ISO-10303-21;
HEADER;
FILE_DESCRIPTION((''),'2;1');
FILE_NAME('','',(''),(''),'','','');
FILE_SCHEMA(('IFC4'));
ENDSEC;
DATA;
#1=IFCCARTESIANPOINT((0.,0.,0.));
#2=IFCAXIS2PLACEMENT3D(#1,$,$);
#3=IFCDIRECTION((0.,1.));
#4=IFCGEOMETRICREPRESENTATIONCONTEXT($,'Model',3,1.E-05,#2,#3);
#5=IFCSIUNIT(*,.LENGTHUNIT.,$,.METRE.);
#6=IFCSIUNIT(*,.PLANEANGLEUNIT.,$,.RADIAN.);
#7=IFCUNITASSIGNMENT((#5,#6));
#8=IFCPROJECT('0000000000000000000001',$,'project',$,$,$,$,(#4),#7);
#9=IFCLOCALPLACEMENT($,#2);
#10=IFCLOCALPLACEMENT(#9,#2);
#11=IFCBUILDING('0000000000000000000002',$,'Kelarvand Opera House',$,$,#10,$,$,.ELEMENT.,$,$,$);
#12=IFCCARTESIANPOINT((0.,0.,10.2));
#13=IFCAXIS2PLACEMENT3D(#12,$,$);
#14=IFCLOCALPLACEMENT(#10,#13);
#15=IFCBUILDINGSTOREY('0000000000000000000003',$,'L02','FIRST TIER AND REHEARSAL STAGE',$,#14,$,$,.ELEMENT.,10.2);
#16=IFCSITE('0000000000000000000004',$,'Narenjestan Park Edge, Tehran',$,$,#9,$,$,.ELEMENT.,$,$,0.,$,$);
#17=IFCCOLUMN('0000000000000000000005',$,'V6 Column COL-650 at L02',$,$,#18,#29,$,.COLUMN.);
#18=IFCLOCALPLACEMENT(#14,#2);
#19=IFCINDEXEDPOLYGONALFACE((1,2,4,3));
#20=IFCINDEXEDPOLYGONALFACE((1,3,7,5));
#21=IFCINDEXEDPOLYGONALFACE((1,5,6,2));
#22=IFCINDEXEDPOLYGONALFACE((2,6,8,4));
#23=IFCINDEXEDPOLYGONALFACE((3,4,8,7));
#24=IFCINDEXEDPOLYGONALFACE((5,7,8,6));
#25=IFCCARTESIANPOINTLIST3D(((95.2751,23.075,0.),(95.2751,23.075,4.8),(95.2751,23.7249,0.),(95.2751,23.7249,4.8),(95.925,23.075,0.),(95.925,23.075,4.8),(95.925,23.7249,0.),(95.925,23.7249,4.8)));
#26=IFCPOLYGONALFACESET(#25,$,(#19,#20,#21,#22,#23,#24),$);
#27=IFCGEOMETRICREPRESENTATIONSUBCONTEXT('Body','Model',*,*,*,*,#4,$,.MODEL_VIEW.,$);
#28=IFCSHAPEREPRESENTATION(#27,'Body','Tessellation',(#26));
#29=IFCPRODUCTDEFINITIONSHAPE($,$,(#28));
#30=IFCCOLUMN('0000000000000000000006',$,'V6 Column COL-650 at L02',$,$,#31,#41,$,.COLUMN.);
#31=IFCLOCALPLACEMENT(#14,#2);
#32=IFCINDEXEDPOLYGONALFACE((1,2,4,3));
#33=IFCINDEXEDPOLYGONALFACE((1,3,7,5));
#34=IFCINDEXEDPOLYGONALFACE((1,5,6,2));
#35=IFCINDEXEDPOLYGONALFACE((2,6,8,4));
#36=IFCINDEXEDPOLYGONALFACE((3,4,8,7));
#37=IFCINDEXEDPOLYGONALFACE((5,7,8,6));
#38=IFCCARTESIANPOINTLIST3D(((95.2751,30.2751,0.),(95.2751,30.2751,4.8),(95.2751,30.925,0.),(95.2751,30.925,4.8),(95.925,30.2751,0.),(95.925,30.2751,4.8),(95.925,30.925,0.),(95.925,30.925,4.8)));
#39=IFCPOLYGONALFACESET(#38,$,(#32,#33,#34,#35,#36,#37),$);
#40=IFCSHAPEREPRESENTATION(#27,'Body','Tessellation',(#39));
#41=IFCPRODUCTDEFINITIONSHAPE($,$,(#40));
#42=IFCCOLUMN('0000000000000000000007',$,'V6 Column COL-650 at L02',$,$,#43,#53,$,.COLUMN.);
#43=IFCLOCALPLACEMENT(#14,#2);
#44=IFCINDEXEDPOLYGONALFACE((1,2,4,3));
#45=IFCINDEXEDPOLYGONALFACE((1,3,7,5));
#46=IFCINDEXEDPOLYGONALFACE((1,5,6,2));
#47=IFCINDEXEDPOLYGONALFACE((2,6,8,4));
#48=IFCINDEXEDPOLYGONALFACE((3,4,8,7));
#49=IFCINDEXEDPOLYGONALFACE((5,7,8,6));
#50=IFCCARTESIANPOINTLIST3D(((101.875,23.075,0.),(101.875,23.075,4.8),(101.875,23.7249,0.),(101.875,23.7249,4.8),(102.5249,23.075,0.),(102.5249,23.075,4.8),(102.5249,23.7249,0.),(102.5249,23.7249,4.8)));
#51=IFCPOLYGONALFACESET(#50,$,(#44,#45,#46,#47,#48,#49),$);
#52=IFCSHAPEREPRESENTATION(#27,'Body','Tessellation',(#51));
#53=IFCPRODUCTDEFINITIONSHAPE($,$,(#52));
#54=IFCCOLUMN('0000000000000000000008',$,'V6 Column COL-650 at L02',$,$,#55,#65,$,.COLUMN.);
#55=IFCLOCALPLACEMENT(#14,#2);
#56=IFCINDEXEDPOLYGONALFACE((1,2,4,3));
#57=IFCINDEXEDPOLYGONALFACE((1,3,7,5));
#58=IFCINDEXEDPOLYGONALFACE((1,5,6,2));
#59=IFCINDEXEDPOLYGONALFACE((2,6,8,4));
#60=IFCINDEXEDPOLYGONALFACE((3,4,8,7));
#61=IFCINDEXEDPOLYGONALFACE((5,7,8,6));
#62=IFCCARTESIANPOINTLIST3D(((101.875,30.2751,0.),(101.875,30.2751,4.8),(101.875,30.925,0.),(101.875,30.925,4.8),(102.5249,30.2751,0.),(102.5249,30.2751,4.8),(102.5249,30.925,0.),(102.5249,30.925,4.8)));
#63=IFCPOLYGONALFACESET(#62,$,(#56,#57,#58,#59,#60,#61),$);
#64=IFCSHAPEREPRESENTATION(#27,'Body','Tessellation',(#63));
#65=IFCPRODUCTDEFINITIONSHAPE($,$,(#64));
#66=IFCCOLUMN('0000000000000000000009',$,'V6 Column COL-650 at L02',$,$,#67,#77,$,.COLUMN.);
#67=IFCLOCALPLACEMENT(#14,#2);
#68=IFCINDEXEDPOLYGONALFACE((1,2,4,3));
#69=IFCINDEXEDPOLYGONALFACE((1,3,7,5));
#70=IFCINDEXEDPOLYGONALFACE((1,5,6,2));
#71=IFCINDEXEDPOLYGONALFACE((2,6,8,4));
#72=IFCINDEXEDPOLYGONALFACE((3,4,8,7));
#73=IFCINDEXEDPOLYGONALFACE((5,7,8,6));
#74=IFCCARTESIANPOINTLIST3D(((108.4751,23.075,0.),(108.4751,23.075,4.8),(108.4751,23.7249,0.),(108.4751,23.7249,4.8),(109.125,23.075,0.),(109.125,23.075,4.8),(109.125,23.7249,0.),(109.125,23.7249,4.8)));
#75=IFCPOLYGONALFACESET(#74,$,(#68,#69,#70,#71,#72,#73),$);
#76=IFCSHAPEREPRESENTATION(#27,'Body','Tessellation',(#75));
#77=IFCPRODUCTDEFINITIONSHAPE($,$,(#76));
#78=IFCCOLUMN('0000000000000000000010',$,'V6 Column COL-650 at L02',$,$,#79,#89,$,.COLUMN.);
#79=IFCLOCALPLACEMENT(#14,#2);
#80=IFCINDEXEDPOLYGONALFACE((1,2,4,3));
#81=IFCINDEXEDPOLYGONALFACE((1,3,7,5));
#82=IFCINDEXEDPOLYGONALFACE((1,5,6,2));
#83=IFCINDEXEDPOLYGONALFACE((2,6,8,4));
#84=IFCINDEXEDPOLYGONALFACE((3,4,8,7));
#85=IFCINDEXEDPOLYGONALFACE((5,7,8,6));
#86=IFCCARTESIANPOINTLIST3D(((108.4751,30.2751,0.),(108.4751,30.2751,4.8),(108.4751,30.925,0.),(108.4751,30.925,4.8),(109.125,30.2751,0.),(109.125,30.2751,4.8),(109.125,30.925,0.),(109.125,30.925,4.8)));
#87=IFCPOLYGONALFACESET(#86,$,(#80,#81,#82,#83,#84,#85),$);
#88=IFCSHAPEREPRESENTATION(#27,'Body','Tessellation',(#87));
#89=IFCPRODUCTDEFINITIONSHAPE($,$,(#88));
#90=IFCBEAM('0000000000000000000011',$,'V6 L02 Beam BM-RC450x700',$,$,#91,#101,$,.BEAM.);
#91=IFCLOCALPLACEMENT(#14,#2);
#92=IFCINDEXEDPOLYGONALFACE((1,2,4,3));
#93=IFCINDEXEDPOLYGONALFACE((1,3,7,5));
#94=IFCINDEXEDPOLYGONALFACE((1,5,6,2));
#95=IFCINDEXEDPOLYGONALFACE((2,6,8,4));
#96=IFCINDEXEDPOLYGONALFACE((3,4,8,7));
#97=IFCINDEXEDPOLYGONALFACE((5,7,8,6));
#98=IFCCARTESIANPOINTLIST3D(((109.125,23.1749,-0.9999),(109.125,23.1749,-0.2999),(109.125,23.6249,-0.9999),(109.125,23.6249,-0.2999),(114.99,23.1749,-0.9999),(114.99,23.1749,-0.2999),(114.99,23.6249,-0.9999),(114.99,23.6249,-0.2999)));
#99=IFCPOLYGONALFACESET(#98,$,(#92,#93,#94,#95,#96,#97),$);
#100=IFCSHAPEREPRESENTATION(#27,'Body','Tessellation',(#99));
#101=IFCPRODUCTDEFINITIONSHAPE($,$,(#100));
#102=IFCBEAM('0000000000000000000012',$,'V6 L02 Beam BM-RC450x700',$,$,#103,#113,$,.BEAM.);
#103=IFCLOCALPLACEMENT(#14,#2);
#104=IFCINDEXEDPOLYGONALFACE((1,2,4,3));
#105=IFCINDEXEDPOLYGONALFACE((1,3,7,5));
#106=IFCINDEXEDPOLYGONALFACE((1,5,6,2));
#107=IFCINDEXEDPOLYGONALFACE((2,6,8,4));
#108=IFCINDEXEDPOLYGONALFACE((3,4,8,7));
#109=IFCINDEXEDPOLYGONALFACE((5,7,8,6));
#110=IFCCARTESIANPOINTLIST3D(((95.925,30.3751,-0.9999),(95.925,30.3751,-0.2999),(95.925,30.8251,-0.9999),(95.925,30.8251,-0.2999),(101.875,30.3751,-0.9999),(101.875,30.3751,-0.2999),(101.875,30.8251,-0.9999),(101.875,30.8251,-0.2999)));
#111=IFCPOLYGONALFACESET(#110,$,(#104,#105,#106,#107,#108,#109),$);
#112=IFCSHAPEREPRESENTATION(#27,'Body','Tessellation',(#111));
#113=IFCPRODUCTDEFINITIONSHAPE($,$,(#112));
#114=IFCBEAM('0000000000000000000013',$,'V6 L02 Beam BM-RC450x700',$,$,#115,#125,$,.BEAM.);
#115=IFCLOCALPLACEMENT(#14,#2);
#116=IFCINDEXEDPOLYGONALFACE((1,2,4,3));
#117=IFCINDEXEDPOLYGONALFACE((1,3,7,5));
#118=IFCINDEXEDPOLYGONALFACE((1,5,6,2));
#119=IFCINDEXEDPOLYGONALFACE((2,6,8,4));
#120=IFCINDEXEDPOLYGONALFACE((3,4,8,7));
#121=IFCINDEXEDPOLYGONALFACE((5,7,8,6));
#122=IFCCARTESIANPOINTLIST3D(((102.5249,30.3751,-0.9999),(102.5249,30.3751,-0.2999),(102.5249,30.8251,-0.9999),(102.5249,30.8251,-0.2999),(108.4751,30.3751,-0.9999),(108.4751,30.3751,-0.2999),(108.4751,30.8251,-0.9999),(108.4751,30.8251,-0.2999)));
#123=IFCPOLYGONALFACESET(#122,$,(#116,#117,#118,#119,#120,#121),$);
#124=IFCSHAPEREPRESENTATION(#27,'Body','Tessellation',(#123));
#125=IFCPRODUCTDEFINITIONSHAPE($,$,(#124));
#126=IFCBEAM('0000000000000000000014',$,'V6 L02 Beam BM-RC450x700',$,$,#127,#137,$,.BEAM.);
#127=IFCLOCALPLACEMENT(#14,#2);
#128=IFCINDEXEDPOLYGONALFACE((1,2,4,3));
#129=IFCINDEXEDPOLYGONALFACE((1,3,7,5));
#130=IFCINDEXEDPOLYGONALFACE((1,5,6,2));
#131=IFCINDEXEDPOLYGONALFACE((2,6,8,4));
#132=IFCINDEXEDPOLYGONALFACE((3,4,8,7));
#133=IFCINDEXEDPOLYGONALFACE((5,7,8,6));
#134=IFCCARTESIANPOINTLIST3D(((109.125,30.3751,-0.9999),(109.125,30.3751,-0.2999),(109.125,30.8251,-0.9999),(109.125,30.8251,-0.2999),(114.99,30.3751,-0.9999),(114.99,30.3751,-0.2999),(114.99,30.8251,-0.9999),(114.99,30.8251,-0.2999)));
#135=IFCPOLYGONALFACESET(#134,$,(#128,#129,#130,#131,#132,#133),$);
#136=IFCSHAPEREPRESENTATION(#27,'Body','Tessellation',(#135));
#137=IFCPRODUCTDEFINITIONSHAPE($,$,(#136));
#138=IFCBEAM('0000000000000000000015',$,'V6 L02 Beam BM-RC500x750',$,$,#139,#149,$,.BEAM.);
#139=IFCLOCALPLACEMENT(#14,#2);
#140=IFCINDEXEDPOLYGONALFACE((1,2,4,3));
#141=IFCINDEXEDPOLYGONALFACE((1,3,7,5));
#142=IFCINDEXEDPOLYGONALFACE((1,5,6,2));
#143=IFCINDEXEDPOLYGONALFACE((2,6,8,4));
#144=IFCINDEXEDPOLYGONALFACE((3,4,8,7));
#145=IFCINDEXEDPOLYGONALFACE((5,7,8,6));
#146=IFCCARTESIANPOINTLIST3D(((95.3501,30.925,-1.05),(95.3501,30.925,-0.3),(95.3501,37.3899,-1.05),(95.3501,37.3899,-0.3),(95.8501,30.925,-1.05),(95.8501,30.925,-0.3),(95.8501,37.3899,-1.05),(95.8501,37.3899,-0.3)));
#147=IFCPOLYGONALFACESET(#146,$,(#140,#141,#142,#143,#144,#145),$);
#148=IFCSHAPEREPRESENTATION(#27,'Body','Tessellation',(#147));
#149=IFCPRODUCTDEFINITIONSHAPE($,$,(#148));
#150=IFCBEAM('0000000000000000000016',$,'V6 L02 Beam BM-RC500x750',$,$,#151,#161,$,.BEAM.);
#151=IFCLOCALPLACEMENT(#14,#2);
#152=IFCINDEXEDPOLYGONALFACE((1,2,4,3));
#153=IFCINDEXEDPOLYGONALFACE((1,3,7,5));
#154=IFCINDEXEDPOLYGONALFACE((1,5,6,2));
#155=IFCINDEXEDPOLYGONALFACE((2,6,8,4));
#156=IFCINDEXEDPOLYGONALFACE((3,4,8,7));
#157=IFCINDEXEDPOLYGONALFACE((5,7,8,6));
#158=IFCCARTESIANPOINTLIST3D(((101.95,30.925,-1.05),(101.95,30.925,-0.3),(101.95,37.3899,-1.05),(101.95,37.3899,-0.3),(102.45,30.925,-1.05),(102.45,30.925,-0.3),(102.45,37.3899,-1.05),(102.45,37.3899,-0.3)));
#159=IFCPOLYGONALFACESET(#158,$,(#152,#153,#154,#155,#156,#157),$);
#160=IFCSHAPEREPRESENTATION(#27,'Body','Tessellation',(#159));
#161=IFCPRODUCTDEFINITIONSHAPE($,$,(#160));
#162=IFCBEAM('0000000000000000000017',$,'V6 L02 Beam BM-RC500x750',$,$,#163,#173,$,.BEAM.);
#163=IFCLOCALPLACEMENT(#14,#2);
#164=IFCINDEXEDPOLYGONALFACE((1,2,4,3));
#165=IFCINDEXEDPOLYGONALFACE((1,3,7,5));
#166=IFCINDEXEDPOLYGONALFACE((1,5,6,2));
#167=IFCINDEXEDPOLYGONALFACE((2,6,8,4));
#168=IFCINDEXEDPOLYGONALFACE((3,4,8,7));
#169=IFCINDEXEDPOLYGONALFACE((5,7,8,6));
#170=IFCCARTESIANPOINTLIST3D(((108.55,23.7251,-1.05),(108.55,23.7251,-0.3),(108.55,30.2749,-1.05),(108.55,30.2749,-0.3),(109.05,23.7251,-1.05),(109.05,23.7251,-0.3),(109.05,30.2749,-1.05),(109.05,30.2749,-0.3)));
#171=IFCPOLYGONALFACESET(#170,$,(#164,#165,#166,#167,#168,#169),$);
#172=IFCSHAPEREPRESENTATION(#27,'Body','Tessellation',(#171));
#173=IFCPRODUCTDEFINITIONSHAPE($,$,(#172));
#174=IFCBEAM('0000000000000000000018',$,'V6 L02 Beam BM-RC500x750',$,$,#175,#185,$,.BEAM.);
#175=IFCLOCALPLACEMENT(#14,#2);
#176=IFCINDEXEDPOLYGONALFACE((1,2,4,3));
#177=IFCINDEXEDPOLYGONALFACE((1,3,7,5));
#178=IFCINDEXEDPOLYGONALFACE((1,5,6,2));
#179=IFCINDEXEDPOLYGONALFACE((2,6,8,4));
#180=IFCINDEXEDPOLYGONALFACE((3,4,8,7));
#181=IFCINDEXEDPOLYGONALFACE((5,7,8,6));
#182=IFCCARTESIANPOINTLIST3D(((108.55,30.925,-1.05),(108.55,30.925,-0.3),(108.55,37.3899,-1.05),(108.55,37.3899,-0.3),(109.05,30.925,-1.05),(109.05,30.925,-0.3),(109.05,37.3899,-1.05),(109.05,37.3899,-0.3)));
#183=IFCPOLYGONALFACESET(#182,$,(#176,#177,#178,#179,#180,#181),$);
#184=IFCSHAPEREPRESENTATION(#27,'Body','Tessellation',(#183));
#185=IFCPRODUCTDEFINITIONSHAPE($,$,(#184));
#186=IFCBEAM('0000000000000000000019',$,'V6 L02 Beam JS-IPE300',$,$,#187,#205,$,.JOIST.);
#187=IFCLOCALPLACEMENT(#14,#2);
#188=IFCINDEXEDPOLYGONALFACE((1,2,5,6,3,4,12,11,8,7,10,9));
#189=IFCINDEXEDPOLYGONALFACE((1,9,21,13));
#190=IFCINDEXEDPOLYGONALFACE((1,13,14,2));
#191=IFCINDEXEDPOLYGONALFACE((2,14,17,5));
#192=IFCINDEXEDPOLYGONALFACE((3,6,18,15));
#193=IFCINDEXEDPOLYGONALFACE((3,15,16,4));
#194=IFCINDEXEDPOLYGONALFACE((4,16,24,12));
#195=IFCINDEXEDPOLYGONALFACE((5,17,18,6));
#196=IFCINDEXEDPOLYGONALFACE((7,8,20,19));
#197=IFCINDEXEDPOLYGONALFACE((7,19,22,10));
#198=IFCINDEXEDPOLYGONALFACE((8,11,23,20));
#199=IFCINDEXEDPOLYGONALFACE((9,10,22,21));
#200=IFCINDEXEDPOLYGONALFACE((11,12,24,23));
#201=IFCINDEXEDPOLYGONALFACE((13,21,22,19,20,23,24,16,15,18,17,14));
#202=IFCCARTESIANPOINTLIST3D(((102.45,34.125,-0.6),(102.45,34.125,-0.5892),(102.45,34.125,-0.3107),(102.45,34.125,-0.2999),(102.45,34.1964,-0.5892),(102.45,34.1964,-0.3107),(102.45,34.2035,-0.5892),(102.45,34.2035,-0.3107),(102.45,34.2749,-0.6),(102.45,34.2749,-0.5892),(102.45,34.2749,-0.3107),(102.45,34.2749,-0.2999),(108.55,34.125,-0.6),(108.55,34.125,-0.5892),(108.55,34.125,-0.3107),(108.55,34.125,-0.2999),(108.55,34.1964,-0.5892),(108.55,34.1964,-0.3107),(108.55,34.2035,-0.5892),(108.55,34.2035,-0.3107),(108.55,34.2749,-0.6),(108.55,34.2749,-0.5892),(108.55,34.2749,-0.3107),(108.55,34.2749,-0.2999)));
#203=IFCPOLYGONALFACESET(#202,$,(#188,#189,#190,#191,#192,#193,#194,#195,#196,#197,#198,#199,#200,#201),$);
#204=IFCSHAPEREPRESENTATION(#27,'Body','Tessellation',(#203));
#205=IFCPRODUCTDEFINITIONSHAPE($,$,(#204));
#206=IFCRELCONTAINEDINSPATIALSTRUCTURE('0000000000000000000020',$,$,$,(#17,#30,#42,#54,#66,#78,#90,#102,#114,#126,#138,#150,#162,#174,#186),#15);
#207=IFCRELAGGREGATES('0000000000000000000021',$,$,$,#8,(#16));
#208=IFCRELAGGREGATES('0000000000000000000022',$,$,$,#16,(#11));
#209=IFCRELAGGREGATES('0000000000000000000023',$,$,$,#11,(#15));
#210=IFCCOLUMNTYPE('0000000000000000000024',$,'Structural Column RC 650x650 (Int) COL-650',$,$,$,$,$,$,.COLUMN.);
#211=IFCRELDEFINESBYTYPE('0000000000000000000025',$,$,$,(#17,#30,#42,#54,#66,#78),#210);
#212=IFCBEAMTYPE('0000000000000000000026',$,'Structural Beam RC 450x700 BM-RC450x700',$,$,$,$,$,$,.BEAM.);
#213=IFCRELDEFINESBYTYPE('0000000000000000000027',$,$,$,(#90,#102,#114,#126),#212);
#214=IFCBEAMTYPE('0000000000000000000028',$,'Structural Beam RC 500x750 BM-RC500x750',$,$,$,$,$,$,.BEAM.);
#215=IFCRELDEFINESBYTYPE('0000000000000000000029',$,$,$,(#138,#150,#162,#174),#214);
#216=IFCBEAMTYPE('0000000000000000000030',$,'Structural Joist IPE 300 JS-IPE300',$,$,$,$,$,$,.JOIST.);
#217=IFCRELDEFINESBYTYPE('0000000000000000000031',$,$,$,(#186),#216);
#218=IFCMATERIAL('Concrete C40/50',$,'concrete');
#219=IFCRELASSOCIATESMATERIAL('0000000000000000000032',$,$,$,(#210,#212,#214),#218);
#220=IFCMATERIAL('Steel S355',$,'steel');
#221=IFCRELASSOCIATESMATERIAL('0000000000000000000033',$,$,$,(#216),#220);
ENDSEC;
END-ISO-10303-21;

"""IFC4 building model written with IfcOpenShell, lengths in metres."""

from ifc_helpers import new_model, si_unit, direction, frame, origin, origin_2d, place, context, subcontext, project, spatial, rectangle, i_section, extrude, material, material_profile, profile_set, type_object, element, save


model = new_model("IFC4")

# Units and contexts
model_context = context("Model", 3, precision=1e-05, world=origin(), true_north=direction((0.0, 1.0)))
body_context = subcontext(model_context, "Body", "Model", "MODEL_VIEW")
ifc_project = project(units=[si_unit("LENGTHUNIT", "METRE"), si_unit("PLANEANGLEUNIT", "RADIAN")], contexts=[model_context])

# Site, building, storey
site_placement = place(None, origin())
site = spatial("IfcSite", under=ifc_project, at=site_placement, Name="Narenjestan Park Edge, Tehran", CompositionType="ELEMENT", RefElevation=0.0)
building_placement = place(site_placement, origin())
building = spatial("IfcBuilding", under=site, at=building_placement, Name="Kelarvand Opera House", CompositionType="ELEMENT")
storey_placement = place(building_placement, frame((0.0, 0.0, 10.2)))
storey = spatial("IfcBuildingStorey", under=building, at=storey_placement, Name="L02", Description="FIRST TIER AND REHEARSAL STAGE", CompositionType="ELEMENT", Elevation=10.2)

# Columns
ifc_material_1 = material(Name="Concrete C40/50", Category="concrete")
ifc_material_profile_1 = material_profile(ifc_material_1, rectangle(XDim=0.6499, YDim=0.6499, at=origin_2d()), Name="RC 650x650", Category="concrete")
ifc_profile_set_1 = profile_set([ifc_material_profile_1], Name="Concrete C40/50")
column_type = type_object("IfcColumnType", Name="Structural Column RC 650x650 (Int) COL-650", PredefinedType="COLUMN", material=ifc_profile_set_1)
for number, where, z_axis, x_axis, name in (
    (1, (95.6001, 23.3999, 0.0), (0.0, 0.0, 1.0), (1.0, 0.0, 0.0), "V6 Column COL-650 at L02"),
    (2, (95.6001, 30.6001, 0.0), (0.0, 0.0, 1.0), (1.0, 0.0, 0.0), "V6 Column COL-650 at L02"),
    (3, (102.2, 23.3999, 0.0), (0.0, 0.0, 1.0), (1.0, 0.0, 0.0), "V6 Column COL-650 at L02"),
    (4, (102.2, 30.6001, 0.0), (0.0, 0.0, 1.0), (1.0, 0.0, 0.0), "V6 Column COL-650 at L02"),
    (5, (108.8, 23.3999, 0.0), (0.0, 0.0, 1.0), (1.0, 0.0, 0.0), "V6 Column COL-650 at L02"),
    (6, (108.8, 30.6001, 0.0), (0.0, 0.0, 1.0), (1.0, 0.0, 0.0), "V6 Column COL-650 at L02"),
):
    element("IfcColumn", number, at=place(storey_placement, frame(where, z_axis=z_axis, x_axis=x_axis)), inside=storey, type_object=column_type, Name=name, PredefinedType="COLUMN", context=body_context, shape_type="SweptSolid", body=[
        extrude(rectangle(XDim=0.6499, YDim=0.6499, at=origin_2d()), origin(), (0.0, 0.0, 1.0), 4.8),
    ])

# Beams
ifc_material_profile_2 = material_profile(ifc_material_1, rectangle(XDim=0.45, YDim=0.7, at=origin_2d()), Name="RC 450x700", Category="concrete")
ifc_profile_set_2 = profile_set([ifc_material_profile_2], Name="Concrete C40/50")
beam_type_1 = type_object("IfcBeamType", Name="Structural Beam RC 450x700 BM-RC450x700", PredefinedType="BEAM", material=ifc_profile_set_2)
beam_1_placement = place(storey_placement, frame((109.125, 23.3999, -0.6499), z_axis=(1.0, 0.0, 0.0), x_axis=(0.0, 1.0, 0.0)))
element("IfcBeam", 7, at=beam_1_placement, inside=storey, type_object=beam_type_1, Name="V6 L02 Beam BM-RC450x700", PredefinedType="BEAM", context=body_context, shape_type="SweptSolid", body=[
    extrude(rectangle(XDim=0.45, YDim=0.7, at=origin_2d()), origin(), (0.0, 0.0, 1.0), 5.865),
])
beam_2_placement = place(storey_placement, frame((95.925, 30.6001, -0.6499), z_axis=(1.0, 0.0, 0.0), x_axis=(0.0, 1.0, 0.0)))
element("IfcBeam", 8, at=beam_2_placement, inside=storey, type_object=beam_type_1, Name="V6 L02 Beam BM-RC450x700", PredefinedType="BEAM", context=body_context, shape_type="SweptSolid", body=[
    extrude(rectangle(XDim=0.45, YDim=0.7, at=origin_2d()), origin(), (0.0, 0.0, 1.0), 5.95),
])
beam_3_placement = place(storey_placement, frame((102.5249, 30.6001, -0.6499), z_axis=(1.0, 0.0, 0.0), x_axis=(0.0, 1.0, 0.0)))
element("IfcBeam", 9, at=beam_3_placement, inside=storey, type_object=beam_type_1, Name="V6 L02 Beam BM-RC450x700", PredefinedType="BEAM", context=body_context, shape_type="SweptSolid", body=[
    extrude(rectangle(XDim=0.45, YDim=0.7, at=origin_2d()), origin(), (0.0, 0.0, 1.0), 5.9502),
])
beam_4_placement = place(storey_placement, frame((109.125, 30.6001, -0.6499), z_axis=(1.0, 0.0, 0.0), x_axis=(0.0, 1.0, 0.0)))
element("IfcBeam", 10, at=beam_4_placement, inside=storey, type_object=beam_type_1, Name="V6 L02 Beam BM-RC450x700", PredefinedType="BEAM", context=body_context, shape_type="SweptSolid", body=[
    extrude(rectangle(XDim=0.45, YDim=0.7, at=origin_2d()), origin(), (0.0, 0.0, 1.0), 5.865),
])
ifc_material_profile_3 = material_profile(ifc_material_1, rectangle(XDim=0.5, YDim=0.75, at=origin_2d()), Name="RC 500x750", Category="concrete")
ifc_profile_set_3 = profile_set([ifc_material_profile_3], Name="Concrete C40/50")
beam_type_2 = type_object("IfcBeamType", Name="Structural Beam RC 500x750 BM-RC500x750", PredefinedType="BEAM", material=ifc_profile_set_3)
for number, where, z_axis, x_axis, name in (
    (11, (95.6001, 30.925, -0.675), (0.0, 1.0, 0.0), (-1.0, 0.0, 0.0), "V6 L02 Beam BM-RC500x750"),
    (12, (102.2, 30.925, -0.675), (0.0, 1.0, 0.0), (-1.0, 0.0, 0.0), "V6 L02 Beam BM-RC500x750"),
):
    element("IfcBeam", number, at=place(storey_placement, frame(where, z_axis=z_axis, x_axis=x_axis)), inside=storey, type_object=beam_type_2, Name=name, PredefinedType="BEAM", context=body_context, shape_type="SweptSolid", body=[
        extrude(rectangle(XDim=0.5, YDim=0.75, at=origin_2d()), origin(), (0.0, 0.0, 1.0), 6.4648),
    ])
beam_5_placement = place(storey_placement, frame((108.8, 23.7251, -0.675), z_axis=(0.0, 1.0, 0.0), x_axis=(-1.0, 0.0, 0.0)))
element("IfcBeam", 13, at=beam_5_placement, inside=storey, type_object=beam_type_2, Name="V6 L02 Beam BM-RC500x750", PredefinedType="BEAM", context=body_context, shape_type="SweptSolid", body=[
    extrude(rectangle(XDim=0.5, YDim=0.75, at=origin_2d()), origin(), (0.0, 0.0, 1.0), 6.5498),
])
beam_6_placement = place(storey_placement, frame((108.8, 30.925, -0.675), z_axis=(0.0, 1.0, 0.0), x_axis=(-1.0, 0.0, 0.0)))
element("IfcBeam", 14, at=beam_6_placement, inside=storey, type_object=beam_type_2, Name="V6 L02 Beam BM-RC500x750", PredefinedType="BEAM", context=body_context, shape_type="SweptSolid", body=[
    extrude(rectangle(XDim=0.5, YDim=0.75, at=origin_2d()), origin(), (0.0, 0.0, 1.0), 6.4648),
])
ifc_material_2 = material(Name="Steel S355", Category="steel")
ifc_material_profile_4 = material_profile(ifc_material_2, i_section(OverallWidth=0.1499, OverallDepth=0.3, WebThickness=0.0071, FlangeThickness=0.0107, at=origin_2d()), Name="IPE 300", Category="steel")
ifc_profile_set_4 = profile_set([ifc_material_profile_4], Name="Steel S355")
beam_type_3 = type_object("IfcBeamType", Name="Structural Joist IPE 300 JS-IPE300", PredefinedType="JOIST", material=ifc_profile_set_4)
beam_7_placement = place(storey_placement, frame((102.45, 34.2, -0.45), z_axis=(1.0, 0.0, 0.0), x_axis=(0.0, 1.0, 0.0)))
element("IfcBeam", 15, at=beam_7_placement, inside=storey, type_object=beam_type_3, Name="V6 L02 Beam JS-IPE300", PredefinedType="JOIST", context=body_context, shape_type="SweptSolid", body=[
    extrude(i_section(OverallWidth=0.1499, OverallDepth=0.3, WebThickness=0.0071, FlangeThickness=0.0107, at=origin_2d()), origin(), (0.0, 0.0, 1.0), 6.1001),
])

save(model, "model.ifc")
